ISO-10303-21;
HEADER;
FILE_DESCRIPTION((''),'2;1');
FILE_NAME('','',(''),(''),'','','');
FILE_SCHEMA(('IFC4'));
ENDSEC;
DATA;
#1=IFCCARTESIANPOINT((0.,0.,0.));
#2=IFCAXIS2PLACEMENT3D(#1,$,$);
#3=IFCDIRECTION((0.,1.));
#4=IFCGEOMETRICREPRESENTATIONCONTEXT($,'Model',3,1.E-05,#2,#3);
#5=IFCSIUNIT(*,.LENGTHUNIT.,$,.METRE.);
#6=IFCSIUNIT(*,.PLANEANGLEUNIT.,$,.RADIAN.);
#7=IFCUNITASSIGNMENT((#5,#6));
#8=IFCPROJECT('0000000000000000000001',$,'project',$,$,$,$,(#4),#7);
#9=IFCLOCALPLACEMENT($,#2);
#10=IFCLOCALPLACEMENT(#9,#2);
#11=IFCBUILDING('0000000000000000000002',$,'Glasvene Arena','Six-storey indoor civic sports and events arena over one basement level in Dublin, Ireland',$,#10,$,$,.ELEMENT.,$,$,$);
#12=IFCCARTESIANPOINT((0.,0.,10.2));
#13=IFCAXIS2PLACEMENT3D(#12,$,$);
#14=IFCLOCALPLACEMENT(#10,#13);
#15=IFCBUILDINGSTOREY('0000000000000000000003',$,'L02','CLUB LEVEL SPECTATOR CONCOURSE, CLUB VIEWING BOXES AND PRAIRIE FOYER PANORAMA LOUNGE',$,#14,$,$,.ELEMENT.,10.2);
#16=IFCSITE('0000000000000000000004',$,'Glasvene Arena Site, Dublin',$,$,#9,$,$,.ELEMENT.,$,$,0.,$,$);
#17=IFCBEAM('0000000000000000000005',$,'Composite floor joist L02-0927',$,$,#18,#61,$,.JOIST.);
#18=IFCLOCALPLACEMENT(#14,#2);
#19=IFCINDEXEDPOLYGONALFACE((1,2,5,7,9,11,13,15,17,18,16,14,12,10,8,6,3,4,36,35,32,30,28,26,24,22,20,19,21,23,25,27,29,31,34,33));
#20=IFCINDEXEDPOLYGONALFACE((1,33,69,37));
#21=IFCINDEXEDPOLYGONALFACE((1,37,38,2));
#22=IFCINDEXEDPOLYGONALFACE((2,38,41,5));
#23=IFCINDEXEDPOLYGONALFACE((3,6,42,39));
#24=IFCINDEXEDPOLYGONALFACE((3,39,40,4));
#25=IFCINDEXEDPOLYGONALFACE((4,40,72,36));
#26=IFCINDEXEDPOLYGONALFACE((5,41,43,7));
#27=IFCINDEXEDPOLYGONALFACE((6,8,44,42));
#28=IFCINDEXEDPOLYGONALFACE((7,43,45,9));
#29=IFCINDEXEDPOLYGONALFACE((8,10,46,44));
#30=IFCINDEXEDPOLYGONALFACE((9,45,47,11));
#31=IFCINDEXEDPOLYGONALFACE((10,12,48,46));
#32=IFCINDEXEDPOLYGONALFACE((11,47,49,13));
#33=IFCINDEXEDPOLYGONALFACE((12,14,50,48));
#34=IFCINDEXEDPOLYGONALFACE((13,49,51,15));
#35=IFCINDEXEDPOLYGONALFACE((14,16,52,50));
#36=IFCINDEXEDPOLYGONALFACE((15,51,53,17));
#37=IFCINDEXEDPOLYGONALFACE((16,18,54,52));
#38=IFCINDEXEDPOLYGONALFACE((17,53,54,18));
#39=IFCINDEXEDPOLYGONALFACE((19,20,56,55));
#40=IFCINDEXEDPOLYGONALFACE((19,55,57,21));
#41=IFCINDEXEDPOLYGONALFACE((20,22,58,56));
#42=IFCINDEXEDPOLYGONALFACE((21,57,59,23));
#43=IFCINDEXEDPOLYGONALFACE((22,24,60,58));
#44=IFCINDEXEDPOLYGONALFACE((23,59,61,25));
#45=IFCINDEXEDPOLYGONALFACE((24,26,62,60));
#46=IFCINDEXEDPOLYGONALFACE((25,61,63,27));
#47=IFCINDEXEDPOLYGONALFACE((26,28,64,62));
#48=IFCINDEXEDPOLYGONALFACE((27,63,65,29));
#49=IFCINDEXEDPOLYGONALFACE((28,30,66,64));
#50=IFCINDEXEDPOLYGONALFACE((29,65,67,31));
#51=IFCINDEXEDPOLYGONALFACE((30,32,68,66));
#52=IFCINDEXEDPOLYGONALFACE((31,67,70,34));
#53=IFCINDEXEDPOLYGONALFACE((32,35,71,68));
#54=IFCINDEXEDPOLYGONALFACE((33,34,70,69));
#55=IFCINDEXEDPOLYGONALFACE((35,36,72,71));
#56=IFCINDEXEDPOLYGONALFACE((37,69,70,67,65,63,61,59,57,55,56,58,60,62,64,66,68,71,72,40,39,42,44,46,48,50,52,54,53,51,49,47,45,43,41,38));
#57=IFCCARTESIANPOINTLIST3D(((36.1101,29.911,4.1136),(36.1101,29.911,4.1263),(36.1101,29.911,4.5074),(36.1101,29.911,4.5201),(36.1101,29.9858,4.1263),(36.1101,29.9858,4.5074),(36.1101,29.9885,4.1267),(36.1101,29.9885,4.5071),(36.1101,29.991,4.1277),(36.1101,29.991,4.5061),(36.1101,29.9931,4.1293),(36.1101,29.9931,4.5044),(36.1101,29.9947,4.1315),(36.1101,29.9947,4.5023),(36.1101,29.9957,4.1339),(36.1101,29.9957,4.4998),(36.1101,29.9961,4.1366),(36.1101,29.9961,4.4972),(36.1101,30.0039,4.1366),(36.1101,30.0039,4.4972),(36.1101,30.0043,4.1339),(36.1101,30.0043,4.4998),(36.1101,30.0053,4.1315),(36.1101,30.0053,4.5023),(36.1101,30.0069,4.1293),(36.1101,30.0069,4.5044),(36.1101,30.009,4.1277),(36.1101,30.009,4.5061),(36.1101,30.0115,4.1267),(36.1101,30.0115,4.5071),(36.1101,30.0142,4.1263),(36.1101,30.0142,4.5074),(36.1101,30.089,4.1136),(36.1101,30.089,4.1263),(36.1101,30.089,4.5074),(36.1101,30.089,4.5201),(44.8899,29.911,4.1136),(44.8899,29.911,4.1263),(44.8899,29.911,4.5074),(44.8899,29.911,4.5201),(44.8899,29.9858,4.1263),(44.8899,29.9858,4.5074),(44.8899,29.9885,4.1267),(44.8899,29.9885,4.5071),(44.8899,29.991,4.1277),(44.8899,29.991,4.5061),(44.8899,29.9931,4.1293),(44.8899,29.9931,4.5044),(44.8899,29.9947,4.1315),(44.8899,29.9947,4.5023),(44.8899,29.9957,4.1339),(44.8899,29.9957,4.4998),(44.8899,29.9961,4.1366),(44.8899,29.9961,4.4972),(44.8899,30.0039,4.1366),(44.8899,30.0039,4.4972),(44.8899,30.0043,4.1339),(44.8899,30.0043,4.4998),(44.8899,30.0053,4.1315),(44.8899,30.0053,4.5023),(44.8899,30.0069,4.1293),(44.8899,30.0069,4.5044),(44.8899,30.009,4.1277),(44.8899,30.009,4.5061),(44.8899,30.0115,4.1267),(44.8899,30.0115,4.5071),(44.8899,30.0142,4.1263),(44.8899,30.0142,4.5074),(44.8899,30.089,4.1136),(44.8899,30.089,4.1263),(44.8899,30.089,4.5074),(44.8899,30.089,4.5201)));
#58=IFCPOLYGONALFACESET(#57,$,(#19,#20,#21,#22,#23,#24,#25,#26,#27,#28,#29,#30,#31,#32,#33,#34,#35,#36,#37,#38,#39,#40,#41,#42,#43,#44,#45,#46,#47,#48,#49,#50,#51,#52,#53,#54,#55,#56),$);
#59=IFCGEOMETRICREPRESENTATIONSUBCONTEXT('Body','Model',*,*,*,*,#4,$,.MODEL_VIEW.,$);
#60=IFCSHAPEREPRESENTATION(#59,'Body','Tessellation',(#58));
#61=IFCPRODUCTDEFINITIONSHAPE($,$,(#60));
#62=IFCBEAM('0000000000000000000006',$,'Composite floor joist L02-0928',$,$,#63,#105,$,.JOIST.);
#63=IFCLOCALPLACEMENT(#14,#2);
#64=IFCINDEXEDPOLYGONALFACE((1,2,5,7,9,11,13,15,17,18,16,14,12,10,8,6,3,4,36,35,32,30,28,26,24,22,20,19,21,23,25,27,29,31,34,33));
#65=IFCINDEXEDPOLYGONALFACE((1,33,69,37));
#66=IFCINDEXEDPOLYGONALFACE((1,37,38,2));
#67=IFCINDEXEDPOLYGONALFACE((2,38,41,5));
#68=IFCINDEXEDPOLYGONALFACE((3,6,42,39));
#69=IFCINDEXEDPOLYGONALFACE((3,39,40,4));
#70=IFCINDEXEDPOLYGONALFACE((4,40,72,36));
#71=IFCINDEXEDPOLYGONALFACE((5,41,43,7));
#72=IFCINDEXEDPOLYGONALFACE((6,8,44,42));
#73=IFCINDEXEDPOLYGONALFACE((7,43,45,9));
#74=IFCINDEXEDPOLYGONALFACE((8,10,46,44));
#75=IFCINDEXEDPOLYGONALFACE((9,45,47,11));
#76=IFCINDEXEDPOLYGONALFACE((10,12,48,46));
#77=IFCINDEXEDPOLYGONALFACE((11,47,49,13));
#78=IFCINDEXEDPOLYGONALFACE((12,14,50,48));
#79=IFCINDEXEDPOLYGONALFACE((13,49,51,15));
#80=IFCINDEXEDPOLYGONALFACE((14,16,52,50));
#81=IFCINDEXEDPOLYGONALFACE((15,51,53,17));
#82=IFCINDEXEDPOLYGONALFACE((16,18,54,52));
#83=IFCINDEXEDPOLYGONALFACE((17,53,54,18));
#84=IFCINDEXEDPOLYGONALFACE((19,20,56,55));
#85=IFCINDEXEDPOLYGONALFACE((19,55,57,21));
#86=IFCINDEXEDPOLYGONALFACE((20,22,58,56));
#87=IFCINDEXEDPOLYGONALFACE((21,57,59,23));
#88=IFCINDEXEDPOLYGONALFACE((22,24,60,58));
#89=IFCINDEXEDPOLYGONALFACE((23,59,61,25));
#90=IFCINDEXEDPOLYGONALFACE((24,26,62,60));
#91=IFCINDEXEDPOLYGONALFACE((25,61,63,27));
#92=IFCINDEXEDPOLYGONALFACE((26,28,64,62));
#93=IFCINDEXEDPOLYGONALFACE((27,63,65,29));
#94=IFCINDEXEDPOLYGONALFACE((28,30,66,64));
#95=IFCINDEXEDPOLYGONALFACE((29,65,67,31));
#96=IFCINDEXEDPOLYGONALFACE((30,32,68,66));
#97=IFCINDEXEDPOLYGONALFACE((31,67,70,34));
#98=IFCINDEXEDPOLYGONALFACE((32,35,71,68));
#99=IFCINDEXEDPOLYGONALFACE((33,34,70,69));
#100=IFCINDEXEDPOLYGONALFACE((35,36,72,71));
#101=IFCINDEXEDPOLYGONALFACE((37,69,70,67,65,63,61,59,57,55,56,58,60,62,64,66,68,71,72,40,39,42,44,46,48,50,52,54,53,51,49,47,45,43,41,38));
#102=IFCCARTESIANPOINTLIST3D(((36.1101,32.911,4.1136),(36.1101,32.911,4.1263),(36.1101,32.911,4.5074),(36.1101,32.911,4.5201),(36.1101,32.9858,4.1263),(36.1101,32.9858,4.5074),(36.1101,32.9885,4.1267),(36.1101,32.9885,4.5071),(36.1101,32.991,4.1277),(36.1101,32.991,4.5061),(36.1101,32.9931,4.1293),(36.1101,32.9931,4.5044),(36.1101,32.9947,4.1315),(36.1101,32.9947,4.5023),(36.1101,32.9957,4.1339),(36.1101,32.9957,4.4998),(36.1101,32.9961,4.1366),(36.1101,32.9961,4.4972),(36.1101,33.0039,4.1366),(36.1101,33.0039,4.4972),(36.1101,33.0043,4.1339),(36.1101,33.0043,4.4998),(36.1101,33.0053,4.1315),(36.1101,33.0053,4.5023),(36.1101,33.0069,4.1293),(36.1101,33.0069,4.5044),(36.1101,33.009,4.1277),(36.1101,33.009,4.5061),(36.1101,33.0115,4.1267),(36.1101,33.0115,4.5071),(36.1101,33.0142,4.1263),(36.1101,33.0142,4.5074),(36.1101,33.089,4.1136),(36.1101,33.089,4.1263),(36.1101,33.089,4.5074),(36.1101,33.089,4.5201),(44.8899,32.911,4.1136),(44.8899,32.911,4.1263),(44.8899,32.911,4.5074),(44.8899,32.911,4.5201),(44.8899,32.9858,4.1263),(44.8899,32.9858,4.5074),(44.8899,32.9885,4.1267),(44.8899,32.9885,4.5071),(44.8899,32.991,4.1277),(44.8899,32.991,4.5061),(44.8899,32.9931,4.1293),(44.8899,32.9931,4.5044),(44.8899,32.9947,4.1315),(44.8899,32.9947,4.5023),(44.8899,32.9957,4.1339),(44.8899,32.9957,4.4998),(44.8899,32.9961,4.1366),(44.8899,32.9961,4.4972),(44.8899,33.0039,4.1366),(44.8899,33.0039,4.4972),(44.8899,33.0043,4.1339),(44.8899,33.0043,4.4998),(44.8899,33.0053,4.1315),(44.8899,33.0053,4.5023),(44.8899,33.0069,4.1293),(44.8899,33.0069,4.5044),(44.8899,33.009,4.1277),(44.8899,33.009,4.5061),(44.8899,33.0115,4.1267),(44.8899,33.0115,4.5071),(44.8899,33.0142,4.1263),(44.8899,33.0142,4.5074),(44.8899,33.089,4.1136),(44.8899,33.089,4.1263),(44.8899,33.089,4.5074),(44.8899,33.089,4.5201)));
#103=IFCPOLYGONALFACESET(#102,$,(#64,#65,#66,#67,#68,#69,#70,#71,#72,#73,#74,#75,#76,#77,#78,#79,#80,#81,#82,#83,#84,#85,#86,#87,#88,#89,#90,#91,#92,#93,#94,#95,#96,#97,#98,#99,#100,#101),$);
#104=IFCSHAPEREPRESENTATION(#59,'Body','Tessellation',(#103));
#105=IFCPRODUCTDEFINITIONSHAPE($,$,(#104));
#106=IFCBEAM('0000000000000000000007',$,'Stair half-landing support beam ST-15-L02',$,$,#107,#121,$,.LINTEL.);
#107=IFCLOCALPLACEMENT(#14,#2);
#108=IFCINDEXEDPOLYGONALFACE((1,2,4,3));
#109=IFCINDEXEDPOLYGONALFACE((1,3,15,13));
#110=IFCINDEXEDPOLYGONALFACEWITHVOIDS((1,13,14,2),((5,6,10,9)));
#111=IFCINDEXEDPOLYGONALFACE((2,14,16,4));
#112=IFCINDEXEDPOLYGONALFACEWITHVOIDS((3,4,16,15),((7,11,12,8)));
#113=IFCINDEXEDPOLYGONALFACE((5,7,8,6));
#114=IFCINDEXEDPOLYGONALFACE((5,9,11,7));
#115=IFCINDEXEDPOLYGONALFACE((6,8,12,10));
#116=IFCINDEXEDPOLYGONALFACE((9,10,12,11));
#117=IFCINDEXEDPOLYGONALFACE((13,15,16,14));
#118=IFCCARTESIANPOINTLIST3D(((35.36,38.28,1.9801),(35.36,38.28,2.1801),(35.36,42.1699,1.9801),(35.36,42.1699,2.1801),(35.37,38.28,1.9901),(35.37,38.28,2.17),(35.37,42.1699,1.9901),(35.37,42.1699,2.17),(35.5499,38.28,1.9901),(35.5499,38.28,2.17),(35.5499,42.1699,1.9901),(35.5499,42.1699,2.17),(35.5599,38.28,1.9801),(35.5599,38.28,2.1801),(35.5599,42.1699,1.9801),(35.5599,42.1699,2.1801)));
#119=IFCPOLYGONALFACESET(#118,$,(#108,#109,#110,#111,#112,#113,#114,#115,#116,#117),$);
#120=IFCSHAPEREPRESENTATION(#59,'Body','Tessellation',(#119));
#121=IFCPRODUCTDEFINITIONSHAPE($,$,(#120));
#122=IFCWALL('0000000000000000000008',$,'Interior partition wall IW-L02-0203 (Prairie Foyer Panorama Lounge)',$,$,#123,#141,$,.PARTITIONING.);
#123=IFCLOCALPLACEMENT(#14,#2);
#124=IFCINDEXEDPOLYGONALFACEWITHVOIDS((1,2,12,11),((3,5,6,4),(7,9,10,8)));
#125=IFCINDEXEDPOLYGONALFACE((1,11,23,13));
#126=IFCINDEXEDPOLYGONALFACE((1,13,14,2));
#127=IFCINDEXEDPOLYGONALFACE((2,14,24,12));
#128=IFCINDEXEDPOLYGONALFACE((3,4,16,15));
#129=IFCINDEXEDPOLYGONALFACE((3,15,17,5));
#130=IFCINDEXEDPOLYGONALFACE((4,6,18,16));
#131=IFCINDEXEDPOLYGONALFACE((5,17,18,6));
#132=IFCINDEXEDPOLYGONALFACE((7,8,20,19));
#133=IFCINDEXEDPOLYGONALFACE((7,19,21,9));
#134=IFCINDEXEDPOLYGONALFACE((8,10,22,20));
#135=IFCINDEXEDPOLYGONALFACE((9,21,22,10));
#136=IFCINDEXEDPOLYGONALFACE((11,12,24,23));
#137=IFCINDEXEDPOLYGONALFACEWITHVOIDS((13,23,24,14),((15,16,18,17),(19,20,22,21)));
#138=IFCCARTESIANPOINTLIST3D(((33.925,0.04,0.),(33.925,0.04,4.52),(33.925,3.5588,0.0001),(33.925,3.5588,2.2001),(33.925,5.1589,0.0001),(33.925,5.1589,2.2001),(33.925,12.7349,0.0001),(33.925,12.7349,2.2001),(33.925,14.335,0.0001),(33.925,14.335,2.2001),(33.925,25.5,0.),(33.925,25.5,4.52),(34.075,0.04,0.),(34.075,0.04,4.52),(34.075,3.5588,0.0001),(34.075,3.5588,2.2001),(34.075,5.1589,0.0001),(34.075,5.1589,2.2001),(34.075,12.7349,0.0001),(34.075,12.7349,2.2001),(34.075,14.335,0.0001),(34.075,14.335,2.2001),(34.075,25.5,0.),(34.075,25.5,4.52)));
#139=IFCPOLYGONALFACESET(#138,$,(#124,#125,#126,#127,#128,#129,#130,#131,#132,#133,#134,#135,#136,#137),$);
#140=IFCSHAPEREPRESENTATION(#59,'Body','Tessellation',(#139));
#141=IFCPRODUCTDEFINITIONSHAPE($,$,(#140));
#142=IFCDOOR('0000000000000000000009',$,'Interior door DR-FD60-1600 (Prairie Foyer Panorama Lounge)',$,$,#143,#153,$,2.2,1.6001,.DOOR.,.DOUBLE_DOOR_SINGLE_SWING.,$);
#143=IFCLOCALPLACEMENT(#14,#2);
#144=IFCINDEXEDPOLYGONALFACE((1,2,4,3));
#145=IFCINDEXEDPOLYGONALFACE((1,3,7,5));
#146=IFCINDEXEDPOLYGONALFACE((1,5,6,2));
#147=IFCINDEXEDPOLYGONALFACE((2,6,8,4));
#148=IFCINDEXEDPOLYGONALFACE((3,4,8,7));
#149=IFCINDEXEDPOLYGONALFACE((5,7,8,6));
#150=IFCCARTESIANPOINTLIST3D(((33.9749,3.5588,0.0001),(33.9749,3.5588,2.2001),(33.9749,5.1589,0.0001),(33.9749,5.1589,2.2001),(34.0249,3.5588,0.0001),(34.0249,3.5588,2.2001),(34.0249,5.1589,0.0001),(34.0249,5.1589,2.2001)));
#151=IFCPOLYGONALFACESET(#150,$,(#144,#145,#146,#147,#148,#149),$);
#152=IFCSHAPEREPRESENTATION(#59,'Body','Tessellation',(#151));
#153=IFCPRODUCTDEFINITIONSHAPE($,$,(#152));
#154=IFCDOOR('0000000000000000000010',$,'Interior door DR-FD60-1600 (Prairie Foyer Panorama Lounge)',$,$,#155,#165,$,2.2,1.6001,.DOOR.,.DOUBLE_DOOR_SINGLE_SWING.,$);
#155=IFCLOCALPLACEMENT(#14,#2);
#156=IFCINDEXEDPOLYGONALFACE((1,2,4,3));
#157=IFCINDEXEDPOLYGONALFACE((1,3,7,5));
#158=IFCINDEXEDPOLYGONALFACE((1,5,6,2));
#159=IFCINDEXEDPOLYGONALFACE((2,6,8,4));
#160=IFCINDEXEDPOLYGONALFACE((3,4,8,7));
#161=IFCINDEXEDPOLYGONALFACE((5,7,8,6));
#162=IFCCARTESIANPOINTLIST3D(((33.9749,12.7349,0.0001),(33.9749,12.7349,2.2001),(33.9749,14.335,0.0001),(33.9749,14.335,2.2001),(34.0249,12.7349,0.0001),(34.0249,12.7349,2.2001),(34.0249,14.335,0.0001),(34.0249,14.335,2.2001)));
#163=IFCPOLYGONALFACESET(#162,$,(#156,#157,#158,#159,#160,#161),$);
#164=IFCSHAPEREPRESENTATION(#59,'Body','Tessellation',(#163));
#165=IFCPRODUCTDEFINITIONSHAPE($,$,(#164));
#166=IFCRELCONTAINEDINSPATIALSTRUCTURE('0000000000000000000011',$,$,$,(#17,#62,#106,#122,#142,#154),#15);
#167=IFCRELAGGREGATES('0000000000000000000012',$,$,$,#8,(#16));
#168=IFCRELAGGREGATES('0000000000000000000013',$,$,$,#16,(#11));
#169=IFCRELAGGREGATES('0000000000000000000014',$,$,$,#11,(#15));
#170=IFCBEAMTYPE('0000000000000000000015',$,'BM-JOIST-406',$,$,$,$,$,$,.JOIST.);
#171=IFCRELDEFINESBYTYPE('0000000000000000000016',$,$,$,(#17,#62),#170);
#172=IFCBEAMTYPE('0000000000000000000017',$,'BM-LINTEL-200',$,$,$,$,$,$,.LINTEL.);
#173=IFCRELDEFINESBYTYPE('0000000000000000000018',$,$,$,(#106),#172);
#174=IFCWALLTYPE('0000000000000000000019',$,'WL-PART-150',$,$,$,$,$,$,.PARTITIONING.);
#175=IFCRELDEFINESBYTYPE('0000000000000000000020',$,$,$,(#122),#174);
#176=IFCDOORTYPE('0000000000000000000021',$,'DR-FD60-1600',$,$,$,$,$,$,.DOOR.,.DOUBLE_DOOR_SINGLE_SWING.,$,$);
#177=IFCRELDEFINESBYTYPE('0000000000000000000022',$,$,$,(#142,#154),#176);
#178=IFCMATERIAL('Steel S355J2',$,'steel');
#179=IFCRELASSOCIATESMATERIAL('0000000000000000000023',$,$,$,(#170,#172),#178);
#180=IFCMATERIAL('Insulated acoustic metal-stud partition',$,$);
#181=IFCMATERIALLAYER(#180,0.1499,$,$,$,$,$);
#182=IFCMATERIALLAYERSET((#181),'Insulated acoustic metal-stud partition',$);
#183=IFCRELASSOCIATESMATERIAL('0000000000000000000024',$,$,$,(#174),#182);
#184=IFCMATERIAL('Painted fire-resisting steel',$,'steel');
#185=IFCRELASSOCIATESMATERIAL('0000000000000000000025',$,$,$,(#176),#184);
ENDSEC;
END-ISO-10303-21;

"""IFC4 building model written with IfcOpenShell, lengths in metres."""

from ifc_helpers import new_model, si_unit, direction, frame, frame_2d, origin, origin_2d, place, context, subcontext, project, spatial, rectangle, hollow_rectangle, i_section, extrude, material, layer, layer_set, material_profile, profile_set, type_object, element, fill, save


model = new_model("IFC4")

# Units and contexts
model_context = context("Model", 3, precision=1e-05, world=origin(), true_north=direction((0.0, 1.0)))
body_context = subcontext(model_context, "Body", "Model", "MODEL_VIEW")
ifc_project = project(units=[si_unit("LENGTHUNIT", "METRE"), si_unit("PLANEANGLEUNIT", "RADIAN")], contexts=[model_context])

# Site, building, storey
site_placement = place(None, origin())
site = spatial("IfcSite", under=ifc_project, at=site_placement, Name="Glasvene Arena Site, Dublin", CompositionType="ELEMENT", RefElevation=0.0)
building_placement = place(site_placement, origin())
building = spatial("IfcBuilding", under=site, at=building_placement, Name="Glasvene Arena", Description="Six-storey indoor civic sports and events arena over one basement level in Dublin, Ireland", CompositionType="ELEMENT")
storey_placement = place(building_placement, frame((0.0, 0.0, 10.2)))
storey = spatial("IfcBuildingStorey", under=building, at=storey_placement, Name="L02", Description="CLUB LEVEL SPECTATOR CONCOURSE, CLUB VIEWING BOXES AND PRAIRIE FOYER PANORAMA LOUNGE", CompositionType="ELEMENT", Elevation=10.2)

# Shared definitions
ifc_material_1 = material(Name="Steel S355J2", Category="steel")

# Beams
ifc_material_profile_1 = material_profile(ifc_material_1, i_section(OverallWidth=0.178, OverallDepth=0.4065, WebThickness=0.0078, FlangeThickness=0.0127, FilletRadius=0.0103, at=origin_2d()), Name="UKB 406x178x60")
ifc_profile_set_1 = profile_set([ifc_material_profile_1], Name="Steel S355J2")
beam_type_1 = type_object("IfcBeamType", Name="BM-JOIST-406", PredefinedType="JOIST", material=ifc_profile_set_1)
for number, where, z_axis, x_axis, name in (
    (1, (36.1101, 30.0, 4.3169), (1.0, 0.0, 0.0), (0.0, 1.0, 0.0), "Composite floor joist L02-0927"),
    (2, (36.1101, 33.0, 4.3169), (1.0, 0.0, 0.0), (0.0, 1.0, 0.0), "Composite floor joist L02-0928"),
):
    element("IfcBeam", number, at=place(storey_placement, frame(where, z_axis=z_axis, x_axis=x_axis)), inside=storey, type_object=beam_type_1, Name=name, PredefinedType="JOIST", context=body_context, shape_type="SweptSolid", body=[
        extrude(i_section(OverallWidth=0.178, OverallDepth=0.4065, WebThickness=0.0078, FlangeThickness=0.0127, FilletRadius=0.0103, at=origin_2d()), origin(), (0.0, 0.0, 1.0), 8.7798),
    ])
ifc_material_profile_2 = material_profile(ifc_material_1, hollow_rectangle(XDim=0.2, YDim=0.2, WallThickness=0.01, at=origin_2d()), Name="SHS 200x200x10.0")
ifc_profile_set_2 = profile_set([ifc_material_profile_2], Name="Steel S355J2")
beam_type_2 = type_object("IfcBeamType", Name="BM-LINTEL-200", PredefinedType="LINTEL", material=ifc_profile_set_2)
beam_1_placement = place(storey_placement, frame((35.46, 38.28, 2.0801), z_axis=(0.0, 1.0, 0.0), x_axis=(-1.0, 0.0, 0.0)))
element("IfcBeam", 3, at=beam_1_placement, inside=storey, type_object=beam_type_2, Name="Stair half-landing support beam ST-15-L02", PredefinedType="LINTEL", context=body_context, shape_type="SweptSolid", body=[
    extrude(hollow_rectangle(XDim=0.2, YDim=0.2, WallThickness=0.01, at=origin_2d()), origin(), (0.0, 0.0, 1.0), 3.8899),
])

# Wall, openings, doors
ifc_material_2 = material(Name="Insulated acoustic metal-stud partition")
ifc_layer_1 = layer(ifc_material_2, 0.1499)
ifc_layer_set_1 = layer_set([ifc_layer_1], Name="Insulated acoustic metal-stud partition")
wall_type_1 = type_object("IfcWallType", Name="WL-PART-150", PredefinedType="PARTITIONING", material=ifc_layer_set_1)
wall_1_placement = place(storey_placement, frame((34.0, 25.5, 0.0), z_axis=(0.0, 0.0, 1.0), x_axis=(0.0, -1.0, 0.0)))
wall_1 = element("IfcWall", 4, at=wall_1_placement, inside=storey, type_object=wall_type_1, Name="Interior partition wall IW-L02-0203 (Prairie Foyer Panorama Lounge)", PredefinedType="PARTITIONING", context=body_context, shape_type="SweptSolid", body=[
    extrude(rectangle(XDim=25.46, YDim=0.1499, at=frame_2d((12.73, 0.0))), origin(), (0.0, 0.0, 1.0), 4.52),
])
opening_1_placement = place(wall_1_placement, frame((20.3411, 0.0, 0.0)))
opening_1 = element("IfcOpeningElement", 5, at=opening_1_placement, cuts=wall_1, PredefinedType="OPENING", context=body_context, shape_type="SweptSolid", body=[
    extrude(rectangle(XDim=1.6001, YDim=2.2, at=frame_2d((0.8, 1.1001))), frame((0.0, 0.085, 0.0), z_axis=(0.0, -1.0, 0.0), x_axis=(1.0, 0.0, 0.0)), (0.0, 0.0, 1.0), 0.1699),
])
opening_2_placement = place(wall_1_placement, frame((11.165, 0.0, 0.0)))
opening_2 = element("IfcOpeningElement", 6, at=opening_2_placement, cuts=wall_1, PredefinedType="OPENING", context=body_context, shape_type="SweptSolid", body=[
    extrude(rectangle(XDim=1.6001, YDim=2.2, at=frame_2d((0.8, 1.1001))), frame((0.0, 0.085, 0.0), z_axis=(0.0, -1.0, 0.0), x_axis=(1.0, 0.0, 0.0)), (0.0, 0.0, 1.0), 0.1699),
])
ifc_material_3 = material(Name="Painted fire-resisting steel", Category="steel")
door_type_1 = type_object("IfcDoorType", Name="DR-FD60-1600", OperationType="DOUBLE_DOOR_SINGLE_SWING", PredefinedType="DOOR", material=ifc_material_3)
door_1_placement = place(opening_1_placement, origin())
door_1 = element("IfcDoor", 7, at=door_1_placement, inside=storey, type_object=door_type_1, Name="Interior door DR-FD60-1600 (Prairie Foyer Panorama Lounge)", OperationType="DOUBLE_DOOR_SINGLE_SWING", OverallHeight=2.2, OverallWidth=1.6001, PredefinedType="DOOR", context=body_context, shape_type="SweptSolid", body=[
    extrude(rectangle(XDim=1.6001, YDim=2.2, at=frame_2d((0.8, 1.1001))), frame((0.0, 0.0249, 0.0), z_axis=(0.0, -1.0, 0.0), x_axis=(1.0, 0.0, 0.0)), (0.0, 0.0, 1.0), 0.05),
])
fill(opening_1, door_1)
door_2_placement = place(opening_2_placement, origin())
door_2 = element("IfcDoor", 8, at=door_2_placement, inside=storey, type_object=door_type_1, Name="Interior door DR-FD60-1600 (Prairie Foyer Panorama Lounge)", OperationType="DOUBLE_DOOR_SINGLE_SWING", OverallHeight=2.2, OverallWidth=1.6001, PredefinedType="DOOR", context=body_context, shape_type="SweptSolid", body=[
    extrude(rectangle(XDim=1.6001, YDim=2.2, at=frame_2d((0.8, 1.1001))), frame((0.0, 0.0249, 0.0), z_axis=(0.0, -1.0, 0.0), x_axis=(1.0, 0.0, 0.0)), (0.0, 0.0, 1.0), 0.05),
])
fill(opening_2, door_2)

save(model, "model.ifc")
